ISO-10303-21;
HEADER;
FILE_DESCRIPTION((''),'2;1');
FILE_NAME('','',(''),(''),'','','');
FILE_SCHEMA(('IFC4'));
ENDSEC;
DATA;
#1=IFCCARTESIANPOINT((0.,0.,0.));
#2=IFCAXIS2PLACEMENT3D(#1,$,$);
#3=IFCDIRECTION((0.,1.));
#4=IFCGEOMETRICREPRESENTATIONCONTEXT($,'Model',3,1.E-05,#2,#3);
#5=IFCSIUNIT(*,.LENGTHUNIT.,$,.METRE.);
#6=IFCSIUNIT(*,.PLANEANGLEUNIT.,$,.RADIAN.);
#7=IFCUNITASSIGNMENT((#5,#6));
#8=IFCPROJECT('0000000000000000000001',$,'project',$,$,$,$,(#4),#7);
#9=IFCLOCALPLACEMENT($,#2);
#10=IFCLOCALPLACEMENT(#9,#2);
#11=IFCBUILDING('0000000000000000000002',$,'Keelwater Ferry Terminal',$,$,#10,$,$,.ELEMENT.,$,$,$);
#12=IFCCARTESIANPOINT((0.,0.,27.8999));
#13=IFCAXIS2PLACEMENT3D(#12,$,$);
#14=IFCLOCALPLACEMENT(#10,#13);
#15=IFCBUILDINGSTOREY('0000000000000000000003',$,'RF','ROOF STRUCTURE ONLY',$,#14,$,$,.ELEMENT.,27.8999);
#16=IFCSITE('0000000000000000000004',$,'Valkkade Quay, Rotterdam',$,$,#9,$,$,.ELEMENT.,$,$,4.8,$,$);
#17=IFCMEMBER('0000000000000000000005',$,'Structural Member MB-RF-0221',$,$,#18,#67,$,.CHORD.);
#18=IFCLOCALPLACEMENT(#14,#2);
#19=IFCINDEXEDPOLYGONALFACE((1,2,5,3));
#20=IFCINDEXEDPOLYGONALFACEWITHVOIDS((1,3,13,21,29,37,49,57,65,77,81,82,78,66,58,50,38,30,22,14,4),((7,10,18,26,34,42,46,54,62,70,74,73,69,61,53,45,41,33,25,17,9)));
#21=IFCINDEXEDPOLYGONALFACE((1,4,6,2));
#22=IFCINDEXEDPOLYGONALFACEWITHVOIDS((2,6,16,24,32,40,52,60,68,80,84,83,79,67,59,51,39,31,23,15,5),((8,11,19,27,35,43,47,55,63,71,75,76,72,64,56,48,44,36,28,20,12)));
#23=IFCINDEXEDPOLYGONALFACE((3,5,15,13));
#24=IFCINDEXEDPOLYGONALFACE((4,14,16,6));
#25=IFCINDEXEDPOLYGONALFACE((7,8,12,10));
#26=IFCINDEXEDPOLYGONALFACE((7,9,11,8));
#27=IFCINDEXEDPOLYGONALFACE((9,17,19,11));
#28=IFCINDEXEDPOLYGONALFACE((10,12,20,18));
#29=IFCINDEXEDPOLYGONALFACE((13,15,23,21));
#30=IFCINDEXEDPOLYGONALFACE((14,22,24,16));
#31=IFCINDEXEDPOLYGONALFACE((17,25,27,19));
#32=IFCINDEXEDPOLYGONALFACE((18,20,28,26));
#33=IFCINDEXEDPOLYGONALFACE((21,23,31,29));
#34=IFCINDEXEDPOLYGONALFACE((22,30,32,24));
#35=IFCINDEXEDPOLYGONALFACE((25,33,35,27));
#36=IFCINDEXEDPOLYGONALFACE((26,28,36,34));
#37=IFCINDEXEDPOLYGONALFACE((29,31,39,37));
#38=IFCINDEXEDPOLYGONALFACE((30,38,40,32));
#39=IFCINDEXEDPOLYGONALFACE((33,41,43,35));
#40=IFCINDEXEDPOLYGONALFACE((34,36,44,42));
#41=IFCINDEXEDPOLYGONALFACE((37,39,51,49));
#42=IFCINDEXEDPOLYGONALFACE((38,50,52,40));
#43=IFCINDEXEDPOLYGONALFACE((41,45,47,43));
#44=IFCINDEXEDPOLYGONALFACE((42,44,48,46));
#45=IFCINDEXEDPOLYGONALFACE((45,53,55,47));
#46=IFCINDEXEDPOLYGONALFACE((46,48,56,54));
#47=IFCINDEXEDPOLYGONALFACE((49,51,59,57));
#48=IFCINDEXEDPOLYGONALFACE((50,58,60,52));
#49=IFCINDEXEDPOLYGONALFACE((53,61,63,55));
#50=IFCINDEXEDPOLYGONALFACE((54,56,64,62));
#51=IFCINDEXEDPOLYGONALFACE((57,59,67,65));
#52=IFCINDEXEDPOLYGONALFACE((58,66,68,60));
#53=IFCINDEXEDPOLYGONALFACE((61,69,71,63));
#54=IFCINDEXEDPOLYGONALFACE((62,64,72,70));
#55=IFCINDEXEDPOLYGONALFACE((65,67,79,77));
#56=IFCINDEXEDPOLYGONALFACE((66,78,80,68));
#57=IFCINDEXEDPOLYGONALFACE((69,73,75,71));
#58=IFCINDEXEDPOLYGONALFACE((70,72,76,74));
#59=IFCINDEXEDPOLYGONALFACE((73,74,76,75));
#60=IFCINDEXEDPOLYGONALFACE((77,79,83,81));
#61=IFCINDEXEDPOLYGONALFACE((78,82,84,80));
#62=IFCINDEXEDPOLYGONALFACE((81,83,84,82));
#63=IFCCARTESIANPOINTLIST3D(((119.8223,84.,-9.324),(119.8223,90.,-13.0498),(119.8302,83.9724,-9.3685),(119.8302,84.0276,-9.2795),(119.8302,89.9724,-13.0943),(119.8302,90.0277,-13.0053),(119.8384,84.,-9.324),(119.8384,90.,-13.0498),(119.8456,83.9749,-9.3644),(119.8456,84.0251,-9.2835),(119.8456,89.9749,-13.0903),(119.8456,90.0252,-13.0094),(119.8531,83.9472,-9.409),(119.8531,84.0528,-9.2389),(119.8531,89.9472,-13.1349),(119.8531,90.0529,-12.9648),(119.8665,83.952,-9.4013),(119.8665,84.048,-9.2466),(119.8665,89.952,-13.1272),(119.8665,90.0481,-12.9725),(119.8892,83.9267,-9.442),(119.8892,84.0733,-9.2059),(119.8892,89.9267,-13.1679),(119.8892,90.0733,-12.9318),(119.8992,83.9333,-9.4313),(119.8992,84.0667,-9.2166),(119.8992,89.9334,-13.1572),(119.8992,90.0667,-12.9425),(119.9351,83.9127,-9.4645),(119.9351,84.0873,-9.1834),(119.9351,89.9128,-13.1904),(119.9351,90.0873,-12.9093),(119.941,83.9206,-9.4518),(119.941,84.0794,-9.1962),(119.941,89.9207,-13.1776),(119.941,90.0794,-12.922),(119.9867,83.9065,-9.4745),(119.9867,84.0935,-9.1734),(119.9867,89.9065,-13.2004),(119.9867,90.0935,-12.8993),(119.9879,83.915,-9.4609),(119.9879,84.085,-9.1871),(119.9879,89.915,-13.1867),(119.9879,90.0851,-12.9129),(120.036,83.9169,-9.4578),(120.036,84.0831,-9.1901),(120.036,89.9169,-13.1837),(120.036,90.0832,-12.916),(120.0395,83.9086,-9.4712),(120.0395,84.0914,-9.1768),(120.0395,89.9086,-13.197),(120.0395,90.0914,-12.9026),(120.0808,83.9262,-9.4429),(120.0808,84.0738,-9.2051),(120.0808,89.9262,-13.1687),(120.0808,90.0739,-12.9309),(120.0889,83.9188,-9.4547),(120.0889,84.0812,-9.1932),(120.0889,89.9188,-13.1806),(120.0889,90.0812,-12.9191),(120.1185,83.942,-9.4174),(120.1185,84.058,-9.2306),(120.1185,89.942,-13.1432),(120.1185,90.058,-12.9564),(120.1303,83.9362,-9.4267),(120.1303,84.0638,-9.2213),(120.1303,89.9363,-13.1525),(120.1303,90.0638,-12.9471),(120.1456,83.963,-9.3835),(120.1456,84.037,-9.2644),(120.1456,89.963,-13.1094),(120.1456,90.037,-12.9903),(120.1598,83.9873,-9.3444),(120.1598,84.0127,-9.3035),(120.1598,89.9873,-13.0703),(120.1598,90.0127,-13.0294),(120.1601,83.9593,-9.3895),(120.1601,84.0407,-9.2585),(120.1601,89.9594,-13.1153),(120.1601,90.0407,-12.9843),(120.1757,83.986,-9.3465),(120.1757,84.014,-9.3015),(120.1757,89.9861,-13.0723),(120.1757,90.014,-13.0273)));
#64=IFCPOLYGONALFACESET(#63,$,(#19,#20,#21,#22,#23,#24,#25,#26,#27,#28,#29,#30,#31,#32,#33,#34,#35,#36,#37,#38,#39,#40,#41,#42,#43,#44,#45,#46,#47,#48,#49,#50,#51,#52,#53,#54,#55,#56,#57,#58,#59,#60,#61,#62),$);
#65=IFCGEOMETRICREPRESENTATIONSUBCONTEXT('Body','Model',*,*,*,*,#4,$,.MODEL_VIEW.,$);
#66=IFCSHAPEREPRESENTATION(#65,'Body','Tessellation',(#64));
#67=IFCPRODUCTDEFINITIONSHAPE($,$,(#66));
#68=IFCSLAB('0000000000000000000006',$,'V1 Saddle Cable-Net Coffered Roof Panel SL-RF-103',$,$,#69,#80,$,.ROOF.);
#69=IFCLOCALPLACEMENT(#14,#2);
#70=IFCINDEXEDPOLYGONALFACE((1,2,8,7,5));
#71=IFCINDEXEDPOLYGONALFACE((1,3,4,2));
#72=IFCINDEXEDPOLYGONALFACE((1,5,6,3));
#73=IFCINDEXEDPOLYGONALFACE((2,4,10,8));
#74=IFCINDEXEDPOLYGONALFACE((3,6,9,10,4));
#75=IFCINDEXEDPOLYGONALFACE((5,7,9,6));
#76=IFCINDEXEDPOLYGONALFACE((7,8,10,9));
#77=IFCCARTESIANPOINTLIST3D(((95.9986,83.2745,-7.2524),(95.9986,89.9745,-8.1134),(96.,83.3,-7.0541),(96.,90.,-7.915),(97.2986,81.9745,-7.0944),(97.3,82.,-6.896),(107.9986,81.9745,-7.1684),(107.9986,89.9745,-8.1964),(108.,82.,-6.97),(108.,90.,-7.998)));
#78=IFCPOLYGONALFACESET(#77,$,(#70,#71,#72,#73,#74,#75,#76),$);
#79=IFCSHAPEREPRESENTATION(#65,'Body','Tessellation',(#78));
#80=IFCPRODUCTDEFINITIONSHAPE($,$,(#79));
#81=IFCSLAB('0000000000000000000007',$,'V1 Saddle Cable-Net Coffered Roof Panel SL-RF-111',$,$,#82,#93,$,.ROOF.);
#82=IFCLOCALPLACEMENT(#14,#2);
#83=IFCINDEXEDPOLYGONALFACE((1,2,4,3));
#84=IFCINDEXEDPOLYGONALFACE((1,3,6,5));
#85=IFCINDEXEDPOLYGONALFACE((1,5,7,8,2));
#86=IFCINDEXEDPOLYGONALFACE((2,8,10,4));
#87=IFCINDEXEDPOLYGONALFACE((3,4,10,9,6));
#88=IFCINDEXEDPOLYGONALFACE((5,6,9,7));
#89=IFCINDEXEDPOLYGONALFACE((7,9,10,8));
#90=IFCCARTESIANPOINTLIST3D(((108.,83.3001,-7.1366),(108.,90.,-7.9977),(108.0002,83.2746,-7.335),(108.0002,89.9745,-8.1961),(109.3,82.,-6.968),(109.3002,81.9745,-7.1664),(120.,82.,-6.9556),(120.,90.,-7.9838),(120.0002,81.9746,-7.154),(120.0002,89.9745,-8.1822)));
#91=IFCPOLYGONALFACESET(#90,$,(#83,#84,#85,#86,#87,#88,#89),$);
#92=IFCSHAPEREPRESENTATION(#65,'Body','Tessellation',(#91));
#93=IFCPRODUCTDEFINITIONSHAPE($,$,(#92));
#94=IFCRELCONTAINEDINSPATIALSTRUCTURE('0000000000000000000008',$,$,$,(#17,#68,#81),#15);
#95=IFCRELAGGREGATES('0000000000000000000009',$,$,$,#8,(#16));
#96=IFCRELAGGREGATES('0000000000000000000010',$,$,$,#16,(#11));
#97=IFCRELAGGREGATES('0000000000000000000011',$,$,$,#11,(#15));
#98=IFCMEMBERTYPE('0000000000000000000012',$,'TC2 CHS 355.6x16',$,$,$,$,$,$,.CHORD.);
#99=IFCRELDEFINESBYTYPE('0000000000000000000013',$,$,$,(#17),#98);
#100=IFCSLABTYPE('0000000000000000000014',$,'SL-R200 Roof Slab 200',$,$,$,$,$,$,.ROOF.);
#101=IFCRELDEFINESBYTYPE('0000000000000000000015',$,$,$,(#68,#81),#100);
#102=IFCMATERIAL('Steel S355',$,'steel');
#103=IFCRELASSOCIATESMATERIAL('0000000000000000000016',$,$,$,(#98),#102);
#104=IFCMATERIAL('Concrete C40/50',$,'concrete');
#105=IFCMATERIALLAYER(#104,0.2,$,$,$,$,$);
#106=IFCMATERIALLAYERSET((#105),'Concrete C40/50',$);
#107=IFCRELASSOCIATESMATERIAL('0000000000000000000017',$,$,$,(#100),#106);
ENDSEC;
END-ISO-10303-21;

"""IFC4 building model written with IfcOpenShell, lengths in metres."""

from ifc_helpers import new_model, si_unit, direction, frame, origin, origin_with_axes, origin_2d, place, context, subcontext, project, spatial, polyline, hollow_circle, outline, extrude, material, layer, layer_set, material_profile, profile_set, type_object, element, save


model = new_model("IFC4")

# Units and contexts
model_context = context("Model", 3, precision=1e-05, world=origin(), true_north=direction((0.0, 1.0)))
body_context = subcontext(model_context, "Body", "Model", "MODEL_VIEW")
ifc_project = project(units=[si_unit("LENGTHUNIT", "METRE"), si_unit("PLANEANGLEUNIT", "RADIAN")], contexts=[model_context])

# Site, building, storey
site_placement = place(None, origin())
site = spatial("IfcSite", under=ifc_project, at=site_placement, Name="Valkkade Quay, Rotterdam", CompositionType="ELEMENT", RefElevation=4.8)
building_placement = place(site_placement, origin())
building = spatial("IfcBuilding", under=site, at=building_placement, Name="Keelwater Ferry Terminal", CompositionType="ELEMENT")
storey_placement = place(building_placement, frame((0.0, 0.0, 27.8999)))
storey = spatial("IfcBuildingStorey", under=building, at=storey_placement, Name="RF", Description="ROOF STRUCTURE ONLY", CompositionType="ELEMENT", Elevation=27.8999)

# Member
ifc_material_1 = material(Name="Steel S355", Category="steel")
ifc_material_profile_1 = material_profile(ifc_material_1, hollow_circle(Radius=0.1777, WallThickness=0.0161, at=origin_2d()), Name="CHS 355.6x16")
ifc_profile_set_1 = profile_set([ifc_material_profile_1], Name="Steel S355")
member_type_1 = type_object("IfcMemberType", Name="TC2 CHS 355.6x16", PredefinedType="CHORD", material=ifc_profile_set_1)
member_1_placement = place(storey_placement, frame((120.0, 84.0, -9.324), z_axis=(0.0, 0.849533, -0.527536), x_axis=(-1.0, 0.0, 0.0)))
element("IfcMember", 1, at=member_1_placement, inside=storey, type_object=member_type_1, Name="Structural Member MB-RF-0221", PredefinedType="CHORD", context=body_context, shape_type="SweptSolid", body=[
    extrude(hollow_circle(Radius=0.1777, WallThickness=0.0161, at=origin_2d()), origin(), (0.0, 0.0, 1.0), 7.0627),
])

# Slabs
ifc_material_2 = material(Name="Concrete C40/50", Category="concrete")
ifc_layer = layer(ifc_material_2, 0.2)
ifc_layer_set = layer_set([ifc_layer], Name="Concrete C40/50")
slab_type = type_object("IfcSlabType", Name="SL-R200 Roof Slab 200", PredefinedType="ROOF", material=ifc_layer_set)
slab_1_placement = place(storey_placement, frame((97.2986, 81.9745, -7.0944), z_axis=(0.006861, 0.12745, 0.991821), x_axis=(0.999976, -0.000875, -0.006805)))
element("IfcSlab", 2, at=slab_1_placement, inside=storey, type_object=slab_type, Name="V1 Saddle Cable-Net Coffered Roof Panel SL-RF-103", PredefinedType="ROOF", context=body_context, shape_type="SweptSolid", body=[
    extrude(outline(polyline([(0.0, 0.0), (10.7003, 0.0094), (10.7003, 8.0752), (-1.3, 8.0646), (-1.3, 1.3095), (0.0, 0.0)])), origin_with_axes(), (0.0, 0.0, 1.0), 0.2),
])
slab_2_placement = place(storey_placement, frame((109.3002, 81.9745, -7.1664), z_axis=(-0.001146, 0.127475, 0.991841), x_axis=(0.999999, 0.000146, 0.001136)))
element("IfcSlab", 3, at=slab_2_placement, inside=storey, type_object=slab_type, Name="V1 Saddle Cable-Net Coffered Roof Panel SL-RF-111", PredefinedType="ROOF", context=body_context, shape_type="SweptSolid", body=[
    extrude(outline(polyline([(0.0, 0.0), (10.7, -0.0015), (10.7, 8.0642), (-1.3, 8.066), (-1.3, 1.3109), (0.0, 0.0)])), origin_with_axes(), (0.0, 0.0, 1.0), 0.2),
])

save(model, "model.ifc")
